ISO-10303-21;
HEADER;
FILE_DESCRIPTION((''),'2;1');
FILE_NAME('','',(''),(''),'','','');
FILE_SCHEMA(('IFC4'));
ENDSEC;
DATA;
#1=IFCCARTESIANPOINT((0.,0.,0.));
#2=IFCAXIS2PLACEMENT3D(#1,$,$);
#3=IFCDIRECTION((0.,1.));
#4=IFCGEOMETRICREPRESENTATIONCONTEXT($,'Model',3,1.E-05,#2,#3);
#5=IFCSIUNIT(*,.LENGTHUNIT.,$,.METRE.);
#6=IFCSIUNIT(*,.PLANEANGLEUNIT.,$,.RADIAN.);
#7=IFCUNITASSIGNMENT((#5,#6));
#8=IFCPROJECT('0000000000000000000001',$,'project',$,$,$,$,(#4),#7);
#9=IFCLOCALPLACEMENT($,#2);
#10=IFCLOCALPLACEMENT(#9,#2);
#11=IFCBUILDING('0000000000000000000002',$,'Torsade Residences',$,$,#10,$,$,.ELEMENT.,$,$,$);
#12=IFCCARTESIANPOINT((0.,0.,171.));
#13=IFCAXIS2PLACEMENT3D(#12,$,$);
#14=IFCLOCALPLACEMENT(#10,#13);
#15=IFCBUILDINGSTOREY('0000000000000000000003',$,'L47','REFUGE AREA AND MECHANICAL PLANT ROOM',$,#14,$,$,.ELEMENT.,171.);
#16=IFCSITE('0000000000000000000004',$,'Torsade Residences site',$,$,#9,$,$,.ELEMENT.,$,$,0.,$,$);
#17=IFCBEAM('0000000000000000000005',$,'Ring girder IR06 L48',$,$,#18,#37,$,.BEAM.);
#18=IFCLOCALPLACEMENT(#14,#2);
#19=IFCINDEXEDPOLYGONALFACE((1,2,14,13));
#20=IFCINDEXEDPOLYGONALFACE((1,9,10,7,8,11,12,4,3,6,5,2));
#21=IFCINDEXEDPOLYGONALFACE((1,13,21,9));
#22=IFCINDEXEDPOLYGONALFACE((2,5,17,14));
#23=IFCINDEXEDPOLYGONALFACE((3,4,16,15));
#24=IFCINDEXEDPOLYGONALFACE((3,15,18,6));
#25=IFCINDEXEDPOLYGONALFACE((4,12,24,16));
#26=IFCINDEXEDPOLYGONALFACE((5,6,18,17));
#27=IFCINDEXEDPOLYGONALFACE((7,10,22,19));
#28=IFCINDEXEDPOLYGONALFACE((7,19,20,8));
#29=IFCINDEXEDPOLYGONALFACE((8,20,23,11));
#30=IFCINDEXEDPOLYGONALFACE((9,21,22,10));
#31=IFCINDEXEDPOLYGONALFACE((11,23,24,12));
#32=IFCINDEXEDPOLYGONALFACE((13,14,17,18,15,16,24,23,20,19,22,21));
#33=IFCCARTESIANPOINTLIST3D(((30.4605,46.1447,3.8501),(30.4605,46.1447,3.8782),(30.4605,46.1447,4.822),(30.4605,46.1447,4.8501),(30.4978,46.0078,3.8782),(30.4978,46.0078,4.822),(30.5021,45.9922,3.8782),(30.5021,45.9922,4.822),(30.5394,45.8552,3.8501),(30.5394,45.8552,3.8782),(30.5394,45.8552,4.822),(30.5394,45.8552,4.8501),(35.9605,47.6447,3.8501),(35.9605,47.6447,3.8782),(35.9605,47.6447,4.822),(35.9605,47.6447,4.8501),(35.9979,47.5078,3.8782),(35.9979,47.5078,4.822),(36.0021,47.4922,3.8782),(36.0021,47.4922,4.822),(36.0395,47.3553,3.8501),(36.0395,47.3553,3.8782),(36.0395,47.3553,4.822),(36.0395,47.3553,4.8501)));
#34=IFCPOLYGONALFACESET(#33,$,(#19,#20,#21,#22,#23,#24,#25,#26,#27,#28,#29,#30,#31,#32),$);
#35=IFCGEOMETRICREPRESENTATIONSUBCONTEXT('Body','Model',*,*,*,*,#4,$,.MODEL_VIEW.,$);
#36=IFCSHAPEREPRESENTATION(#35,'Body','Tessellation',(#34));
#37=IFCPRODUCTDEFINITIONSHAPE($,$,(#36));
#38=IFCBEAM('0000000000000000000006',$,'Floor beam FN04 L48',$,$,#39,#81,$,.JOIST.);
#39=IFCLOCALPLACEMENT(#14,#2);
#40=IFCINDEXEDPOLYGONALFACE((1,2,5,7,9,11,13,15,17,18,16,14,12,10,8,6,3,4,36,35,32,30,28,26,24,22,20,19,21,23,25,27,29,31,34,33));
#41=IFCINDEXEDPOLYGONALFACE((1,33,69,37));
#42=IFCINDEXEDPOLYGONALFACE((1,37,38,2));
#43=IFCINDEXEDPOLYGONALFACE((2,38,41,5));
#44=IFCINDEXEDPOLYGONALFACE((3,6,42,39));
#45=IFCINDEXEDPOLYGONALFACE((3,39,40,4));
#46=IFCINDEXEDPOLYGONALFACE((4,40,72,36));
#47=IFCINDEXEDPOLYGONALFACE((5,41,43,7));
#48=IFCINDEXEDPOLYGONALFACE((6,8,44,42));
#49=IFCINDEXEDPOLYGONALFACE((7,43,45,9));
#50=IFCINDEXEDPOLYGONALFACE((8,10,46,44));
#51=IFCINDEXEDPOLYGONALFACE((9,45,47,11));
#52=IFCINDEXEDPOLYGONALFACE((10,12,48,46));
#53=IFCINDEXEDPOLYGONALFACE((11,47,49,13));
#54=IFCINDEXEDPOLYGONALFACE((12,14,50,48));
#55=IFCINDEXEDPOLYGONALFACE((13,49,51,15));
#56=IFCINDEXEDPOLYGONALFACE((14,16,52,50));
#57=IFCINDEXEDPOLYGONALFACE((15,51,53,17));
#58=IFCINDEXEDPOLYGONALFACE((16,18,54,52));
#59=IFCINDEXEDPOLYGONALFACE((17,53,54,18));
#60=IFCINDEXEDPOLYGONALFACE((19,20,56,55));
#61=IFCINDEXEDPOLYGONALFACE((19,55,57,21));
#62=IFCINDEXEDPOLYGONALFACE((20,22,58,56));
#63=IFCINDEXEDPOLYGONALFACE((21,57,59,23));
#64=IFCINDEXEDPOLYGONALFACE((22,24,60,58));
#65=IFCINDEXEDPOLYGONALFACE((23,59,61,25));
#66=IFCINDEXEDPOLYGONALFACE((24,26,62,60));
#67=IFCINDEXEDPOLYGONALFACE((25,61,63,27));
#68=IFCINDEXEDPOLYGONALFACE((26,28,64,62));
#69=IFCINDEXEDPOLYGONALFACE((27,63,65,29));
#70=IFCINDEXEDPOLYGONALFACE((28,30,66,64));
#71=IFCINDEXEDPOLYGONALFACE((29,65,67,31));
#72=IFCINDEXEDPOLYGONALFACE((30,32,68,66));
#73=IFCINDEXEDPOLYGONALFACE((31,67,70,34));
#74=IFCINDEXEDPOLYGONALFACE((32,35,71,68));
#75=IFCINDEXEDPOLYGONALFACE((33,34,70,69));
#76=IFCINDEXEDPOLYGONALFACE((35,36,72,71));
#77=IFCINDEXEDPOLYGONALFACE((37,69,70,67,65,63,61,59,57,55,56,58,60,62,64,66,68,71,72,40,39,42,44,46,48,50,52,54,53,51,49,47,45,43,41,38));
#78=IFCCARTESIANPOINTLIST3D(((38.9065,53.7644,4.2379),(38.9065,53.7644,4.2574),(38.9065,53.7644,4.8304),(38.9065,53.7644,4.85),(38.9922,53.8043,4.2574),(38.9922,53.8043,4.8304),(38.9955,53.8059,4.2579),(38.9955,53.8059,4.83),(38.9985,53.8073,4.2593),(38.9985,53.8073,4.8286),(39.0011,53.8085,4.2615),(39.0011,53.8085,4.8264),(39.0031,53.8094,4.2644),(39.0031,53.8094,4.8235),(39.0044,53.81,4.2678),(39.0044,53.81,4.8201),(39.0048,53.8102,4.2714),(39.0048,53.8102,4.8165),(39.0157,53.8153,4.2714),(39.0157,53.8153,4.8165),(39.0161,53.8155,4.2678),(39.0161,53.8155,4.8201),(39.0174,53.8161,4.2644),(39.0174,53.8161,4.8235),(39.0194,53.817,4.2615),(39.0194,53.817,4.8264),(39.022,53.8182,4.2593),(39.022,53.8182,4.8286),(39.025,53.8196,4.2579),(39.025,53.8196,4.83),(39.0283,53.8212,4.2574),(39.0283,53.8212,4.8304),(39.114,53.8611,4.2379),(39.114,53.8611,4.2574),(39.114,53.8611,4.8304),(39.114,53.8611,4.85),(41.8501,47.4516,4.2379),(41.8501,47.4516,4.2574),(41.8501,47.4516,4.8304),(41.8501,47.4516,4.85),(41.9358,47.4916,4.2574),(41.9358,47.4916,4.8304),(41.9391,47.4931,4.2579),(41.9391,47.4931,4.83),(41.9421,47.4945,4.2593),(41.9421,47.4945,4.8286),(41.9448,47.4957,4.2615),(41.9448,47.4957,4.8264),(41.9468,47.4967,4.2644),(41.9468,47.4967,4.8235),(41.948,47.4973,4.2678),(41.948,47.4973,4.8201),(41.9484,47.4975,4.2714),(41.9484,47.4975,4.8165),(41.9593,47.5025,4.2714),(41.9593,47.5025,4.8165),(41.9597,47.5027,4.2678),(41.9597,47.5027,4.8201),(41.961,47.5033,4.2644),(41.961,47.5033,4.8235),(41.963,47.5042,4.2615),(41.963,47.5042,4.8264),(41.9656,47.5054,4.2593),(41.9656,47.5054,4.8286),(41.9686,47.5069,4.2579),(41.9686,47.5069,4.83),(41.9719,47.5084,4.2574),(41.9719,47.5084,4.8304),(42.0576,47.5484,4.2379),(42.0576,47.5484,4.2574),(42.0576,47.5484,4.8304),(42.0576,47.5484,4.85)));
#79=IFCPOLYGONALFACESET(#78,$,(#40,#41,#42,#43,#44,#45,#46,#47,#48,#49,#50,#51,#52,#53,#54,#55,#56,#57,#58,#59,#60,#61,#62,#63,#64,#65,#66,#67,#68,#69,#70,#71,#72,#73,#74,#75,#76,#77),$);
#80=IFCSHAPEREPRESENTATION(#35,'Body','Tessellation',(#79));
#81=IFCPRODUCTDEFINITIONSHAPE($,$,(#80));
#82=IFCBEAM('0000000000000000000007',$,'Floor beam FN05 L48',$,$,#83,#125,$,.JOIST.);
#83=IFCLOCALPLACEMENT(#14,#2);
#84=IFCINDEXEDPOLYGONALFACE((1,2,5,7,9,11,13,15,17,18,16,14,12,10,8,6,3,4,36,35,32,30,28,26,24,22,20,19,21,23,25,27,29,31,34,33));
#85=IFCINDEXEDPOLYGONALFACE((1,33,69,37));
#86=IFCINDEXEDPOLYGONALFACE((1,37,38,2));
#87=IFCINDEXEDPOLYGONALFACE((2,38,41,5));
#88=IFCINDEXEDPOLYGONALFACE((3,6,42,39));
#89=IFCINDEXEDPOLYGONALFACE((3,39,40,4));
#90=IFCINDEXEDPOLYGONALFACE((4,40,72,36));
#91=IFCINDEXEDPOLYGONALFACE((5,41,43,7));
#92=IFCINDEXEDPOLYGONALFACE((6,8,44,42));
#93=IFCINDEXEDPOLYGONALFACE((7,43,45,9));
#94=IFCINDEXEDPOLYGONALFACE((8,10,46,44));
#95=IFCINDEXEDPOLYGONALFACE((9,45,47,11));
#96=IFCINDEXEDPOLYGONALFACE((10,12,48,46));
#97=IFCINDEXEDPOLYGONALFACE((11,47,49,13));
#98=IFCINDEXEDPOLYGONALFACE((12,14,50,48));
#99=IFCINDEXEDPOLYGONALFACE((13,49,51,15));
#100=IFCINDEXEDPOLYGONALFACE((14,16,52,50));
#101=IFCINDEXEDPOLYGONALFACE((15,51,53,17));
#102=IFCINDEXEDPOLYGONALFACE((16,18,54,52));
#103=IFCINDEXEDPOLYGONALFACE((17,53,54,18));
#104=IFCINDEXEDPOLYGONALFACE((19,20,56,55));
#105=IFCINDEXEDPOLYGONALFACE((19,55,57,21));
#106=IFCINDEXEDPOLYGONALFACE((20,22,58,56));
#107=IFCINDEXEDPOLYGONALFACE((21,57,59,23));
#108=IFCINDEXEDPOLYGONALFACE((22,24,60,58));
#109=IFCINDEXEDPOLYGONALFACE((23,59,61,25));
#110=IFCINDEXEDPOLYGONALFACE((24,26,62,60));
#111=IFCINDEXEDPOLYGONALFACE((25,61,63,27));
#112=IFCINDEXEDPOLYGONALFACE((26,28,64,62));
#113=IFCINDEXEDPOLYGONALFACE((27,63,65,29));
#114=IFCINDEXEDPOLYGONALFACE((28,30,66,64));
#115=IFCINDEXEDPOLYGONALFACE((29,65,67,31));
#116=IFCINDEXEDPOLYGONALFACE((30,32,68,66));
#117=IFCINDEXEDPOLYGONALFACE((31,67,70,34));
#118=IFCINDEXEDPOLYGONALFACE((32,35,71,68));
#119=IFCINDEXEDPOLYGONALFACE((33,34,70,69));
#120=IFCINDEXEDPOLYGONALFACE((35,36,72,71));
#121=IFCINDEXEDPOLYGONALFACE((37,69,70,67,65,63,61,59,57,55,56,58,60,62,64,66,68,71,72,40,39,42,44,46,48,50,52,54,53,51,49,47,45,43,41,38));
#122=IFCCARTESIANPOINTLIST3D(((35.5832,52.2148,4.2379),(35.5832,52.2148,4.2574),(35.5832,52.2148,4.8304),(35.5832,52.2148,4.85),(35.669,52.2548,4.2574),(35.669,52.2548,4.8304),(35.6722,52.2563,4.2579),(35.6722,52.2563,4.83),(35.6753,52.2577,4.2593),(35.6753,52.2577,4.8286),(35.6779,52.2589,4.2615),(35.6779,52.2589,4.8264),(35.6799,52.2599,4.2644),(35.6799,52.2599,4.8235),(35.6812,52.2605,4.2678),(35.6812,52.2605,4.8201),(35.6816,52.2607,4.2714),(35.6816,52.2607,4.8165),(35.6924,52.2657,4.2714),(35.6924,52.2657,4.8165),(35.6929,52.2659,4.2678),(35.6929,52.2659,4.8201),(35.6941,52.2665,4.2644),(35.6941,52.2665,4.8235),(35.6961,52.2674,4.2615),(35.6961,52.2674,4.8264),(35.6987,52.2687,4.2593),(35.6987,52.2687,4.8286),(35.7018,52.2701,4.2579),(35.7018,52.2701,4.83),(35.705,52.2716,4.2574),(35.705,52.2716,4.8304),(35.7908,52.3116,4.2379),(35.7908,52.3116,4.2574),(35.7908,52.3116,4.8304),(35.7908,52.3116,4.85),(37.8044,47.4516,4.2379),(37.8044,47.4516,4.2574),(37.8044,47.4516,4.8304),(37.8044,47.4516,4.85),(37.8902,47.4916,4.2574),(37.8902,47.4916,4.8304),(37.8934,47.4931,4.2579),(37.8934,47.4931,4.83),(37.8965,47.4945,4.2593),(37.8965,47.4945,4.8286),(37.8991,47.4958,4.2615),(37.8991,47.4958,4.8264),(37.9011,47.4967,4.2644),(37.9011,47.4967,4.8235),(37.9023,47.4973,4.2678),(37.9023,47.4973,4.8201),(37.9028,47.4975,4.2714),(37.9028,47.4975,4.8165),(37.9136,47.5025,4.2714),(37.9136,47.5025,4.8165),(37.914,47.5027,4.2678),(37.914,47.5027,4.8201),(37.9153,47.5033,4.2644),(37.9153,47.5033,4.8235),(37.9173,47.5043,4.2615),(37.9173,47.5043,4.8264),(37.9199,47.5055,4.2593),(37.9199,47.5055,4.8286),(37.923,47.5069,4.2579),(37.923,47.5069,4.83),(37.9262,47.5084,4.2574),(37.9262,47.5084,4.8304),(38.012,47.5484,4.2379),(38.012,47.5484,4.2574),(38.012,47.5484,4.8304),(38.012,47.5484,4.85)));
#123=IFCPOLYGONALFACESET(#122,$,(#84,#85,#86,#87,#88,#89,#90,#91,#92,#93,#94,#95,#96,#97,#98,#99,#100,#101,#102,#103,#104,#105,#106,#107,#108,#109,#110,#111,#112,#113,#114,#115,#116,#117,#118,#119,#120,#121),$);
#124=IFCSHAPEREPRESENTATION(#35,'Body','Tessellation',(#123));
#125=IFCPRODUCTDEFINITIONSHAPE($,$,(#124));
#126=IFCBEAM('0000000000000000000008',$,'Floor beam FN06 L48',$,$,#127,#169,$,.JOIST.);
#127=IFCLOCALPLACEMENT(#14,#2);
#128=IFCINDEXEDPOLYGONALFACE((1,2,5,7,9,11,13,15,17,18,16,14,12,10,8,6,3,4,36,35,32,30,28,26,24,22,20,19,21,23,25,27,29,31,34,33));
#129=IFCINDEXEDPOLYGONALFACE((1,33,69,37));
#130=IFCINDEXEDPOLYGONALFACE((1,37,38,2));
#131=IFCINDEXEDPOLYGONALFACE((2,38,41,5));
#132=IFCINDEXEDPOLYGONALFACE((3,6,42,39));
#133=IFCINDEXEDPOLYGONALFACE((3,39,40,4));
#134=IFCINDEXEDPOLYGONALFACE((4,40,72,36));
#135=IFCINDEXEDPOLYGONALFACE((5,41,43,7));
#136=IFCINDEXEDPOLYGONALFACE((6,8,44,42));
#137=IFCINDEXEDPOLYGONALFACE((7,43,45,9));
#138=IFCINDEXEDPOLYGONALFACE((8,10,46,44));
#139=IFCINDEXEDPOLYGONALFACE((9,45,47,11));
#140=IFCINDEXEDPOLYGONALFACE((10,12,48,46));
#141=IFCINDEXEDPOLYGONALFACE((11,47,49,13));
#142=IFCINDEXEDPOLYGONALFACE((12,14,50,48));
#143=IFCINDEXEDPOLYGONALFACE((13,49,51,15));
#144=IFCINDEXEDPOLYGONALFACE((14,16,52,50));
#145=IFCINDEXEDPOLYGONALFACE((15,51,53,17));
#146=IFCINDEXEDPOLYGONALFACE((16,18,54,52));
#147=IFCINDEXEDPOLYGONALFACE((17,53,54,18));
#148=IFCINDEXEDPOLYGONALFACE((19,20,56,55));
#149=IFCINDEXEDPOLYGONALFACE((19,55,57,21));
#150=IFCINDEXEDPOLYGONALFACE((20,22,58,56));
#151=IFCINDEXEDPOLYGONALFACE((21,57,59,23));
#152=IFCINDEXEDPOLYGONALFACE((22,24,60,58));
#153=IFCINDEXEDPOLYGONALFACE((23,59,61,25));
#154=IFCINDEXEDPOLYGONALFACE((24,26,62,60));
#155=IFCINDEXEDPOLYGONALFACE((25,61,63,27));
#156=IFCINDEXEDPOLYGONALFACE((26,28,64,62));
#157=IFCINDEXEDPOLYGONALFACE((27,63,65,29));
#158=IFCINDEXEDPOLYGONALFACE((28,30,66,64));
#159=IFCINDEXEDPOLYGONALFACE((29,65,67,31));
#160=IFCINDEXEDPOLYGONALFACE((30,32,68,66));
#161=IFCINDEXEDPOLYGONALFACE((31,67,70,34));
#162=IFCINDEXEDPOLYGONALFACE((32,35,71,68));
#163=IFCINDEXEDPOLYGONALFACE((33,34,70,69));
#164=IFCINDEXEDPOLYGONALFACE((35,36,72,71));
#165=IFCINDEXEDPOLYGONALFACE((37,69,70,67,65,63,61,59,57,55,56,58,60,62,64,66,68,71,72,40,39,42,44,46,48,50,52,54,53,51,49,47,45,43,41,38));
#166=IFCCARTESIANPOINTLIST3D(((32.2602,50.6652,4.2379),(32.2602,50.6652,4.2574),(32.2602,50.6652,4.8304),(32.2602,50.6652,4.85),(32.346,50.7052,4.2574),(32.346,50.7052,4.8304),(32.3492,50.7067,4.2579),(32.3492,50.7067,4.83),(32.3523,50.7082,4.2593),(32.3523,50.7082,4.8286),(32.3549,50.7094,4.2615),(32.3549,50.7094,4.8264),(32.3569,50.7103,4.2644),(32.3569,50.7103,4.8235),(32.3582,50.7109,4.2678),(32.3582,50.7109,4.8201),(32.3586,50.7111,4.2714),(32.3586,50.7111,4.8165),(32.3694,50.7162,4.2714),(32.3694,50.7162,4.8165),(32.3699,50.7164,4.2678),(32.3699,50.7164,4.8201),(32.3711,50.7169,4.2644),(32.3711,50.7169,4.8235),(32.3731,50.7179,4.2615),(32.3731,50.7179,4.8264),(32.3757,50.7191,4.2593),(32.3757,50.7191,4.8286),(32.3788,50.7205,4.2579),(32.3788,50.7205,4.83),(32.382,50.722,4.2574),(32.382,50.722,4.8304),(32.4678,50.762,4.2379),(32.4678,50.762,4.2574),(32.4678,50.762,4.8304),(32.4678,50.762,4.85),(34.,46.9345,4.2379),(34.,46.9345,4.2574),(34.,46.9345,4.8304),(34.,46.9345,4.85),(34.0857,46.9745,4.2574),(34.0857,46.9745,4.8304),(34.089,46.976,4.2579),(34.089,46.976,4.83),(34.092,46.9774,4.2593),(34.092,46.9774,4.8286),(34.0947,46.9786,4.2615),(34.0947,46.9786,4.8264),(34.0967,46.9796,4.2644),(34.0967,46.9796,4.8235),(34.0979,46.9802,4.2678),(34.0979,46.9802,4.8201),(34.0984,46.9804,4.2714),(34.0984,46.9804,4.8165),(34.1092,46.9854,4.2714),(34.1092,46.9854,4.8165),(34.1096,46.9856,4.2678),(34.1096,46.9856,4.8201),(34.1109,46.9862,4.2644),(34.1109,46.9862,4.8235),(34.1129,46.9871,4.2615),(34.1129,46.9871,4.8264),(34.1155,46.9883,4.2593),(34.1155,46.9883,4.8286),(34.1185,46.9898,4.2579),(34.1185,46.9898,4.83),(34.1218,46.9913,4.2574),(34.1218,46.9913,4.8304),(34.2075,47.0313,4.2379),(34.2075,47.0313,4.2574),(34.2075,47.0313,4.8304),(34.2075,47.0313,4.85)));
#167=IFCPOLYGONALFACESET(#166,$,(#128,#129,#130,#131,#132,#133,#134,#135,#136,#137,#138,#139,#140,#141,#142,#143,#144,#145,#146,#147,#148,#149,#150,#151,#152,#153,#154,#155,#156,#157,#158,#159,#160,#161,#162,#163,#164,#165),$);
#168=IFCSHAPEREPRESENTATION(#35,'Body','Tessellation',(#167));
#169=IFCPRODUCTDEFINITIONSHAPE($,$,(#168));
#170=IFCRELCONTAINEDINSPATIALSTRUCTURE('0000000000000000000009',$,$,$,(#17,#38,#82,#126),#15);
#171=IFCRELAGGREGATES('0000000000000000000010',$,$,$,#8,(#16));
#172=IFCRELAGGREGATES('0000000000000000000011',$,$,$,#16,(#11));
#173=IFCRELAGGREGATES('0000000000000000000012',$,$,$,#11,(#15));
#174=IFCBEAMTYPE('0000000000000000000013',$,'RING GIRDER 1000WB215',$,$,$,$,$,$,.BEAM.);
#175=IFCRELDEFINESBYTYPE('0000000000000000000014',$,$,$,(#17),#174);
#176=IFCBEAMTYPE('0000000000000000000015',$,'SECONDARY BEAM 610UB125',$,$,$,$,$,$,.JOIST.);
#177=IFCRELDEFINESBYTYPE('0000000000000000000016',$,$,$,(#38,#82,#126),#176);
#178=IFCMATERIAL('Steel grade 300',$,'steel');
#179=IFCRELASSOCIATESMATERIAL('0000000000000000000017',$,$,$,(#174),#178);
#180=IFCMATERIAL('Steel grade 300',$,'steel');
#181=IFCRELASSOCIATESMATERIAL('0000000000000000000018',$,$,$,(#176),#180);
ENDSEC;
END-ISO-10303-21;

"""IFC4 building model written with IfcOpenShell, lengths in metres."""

from ifc_helpers import new_model, si_unit, direction, frame, origin, origin_2d, place, context, subcontext, project, spatial, i_section, extrude, material, material_profile, profile_set, type_object, element, save


model = new_model("IFC4")

# Units and contexts
model_context = context("Model", 3, precision=1e-05, world=origin(), true_north=direction((0.0, 1.0)))
body_context = subcontext(model_context, "Body", "Model", "MODEL_VIEW")
ifc_project = project(units=[si_unit("LENGTHUNIT", "METRE"), si_unit("PLANEANGLEUNIT", "RADIAN")], contexts=[model_context])

# Site, building, storey
site_placement = place(None, origin())
site = spatial("IfcSite", under=ifc_project, at=site_placement, Name="Torsade Residences site", CompositionType="ELEMENT", RefElevation=0.0)
building_placement = place(site_placement, origin())
building = spatial("IfcBuilding", under=site, at=building_placement, Name="Torsade Residences", CompositionType="ELEMENT")
storey_placement = place(building_placement, frame((0.0, 0.0, 171.0)))
storey = spatial("IfcBuildingStorey", under=building, at=storey_placement, Name="L47", Description="REFUGE AREA AND MECHANICAL PLANT ROOM", CompositionType="ELEMENT", Elevation=171.0)

# Beams
ifc_material_1 = material(Name="Steel grade 300", Category="steel")
ifc_material_profile_1 = material_profile(ifc_material_1, i_section(OverallWidth=0.3, OverallDepth=1.0, WebThickness=0.0161, FlangeThickness=0.0281, at=origin_2d()), Name="1000WB215")
ifc_profile_set_1 = profile_set([ifc_material_profile_1], Name="Steel grade 300")
beam_type_1 = type_object("IfcBeamType", Name="RING GIRDER 1000WB215", PredefinedType="BEAM", material=ifc_profile_set_1)
beam_1_placement = place(storey_placement, frame((36.0, 47.5, 4.3501), z_axis=(-0.964764, -0.263117, 0.0), x_axis=(0.263117, -0.964764, 0.0)))
element("IfcBeam", 1, at=beam_1_placement, inside=storey, type_object=beam_type_1, Name="Ring girder IR06 L48", PredefinedType="BEAM", context=body_context, shape_type="SweptSolid", body=[
    extrude(i_section(OverallWidth=0.3, OverallDepth=1.0, WebThickness=0.0161, FlangeThickness=0.0281, at=origin_2d()), origin(), (0.0, 0.0, 1.0), 5.7009),
])
ifc_material_2 = material(Name="Steel grade 300", Category="steel")
ifc_material_profile_2 = material_profile(ifc_material_2, i_section(OverallWidth=0.229, OverallDepth=0.6121, WebThickness=0.012, FlangeThickness=0.0195, FilletRadius=0.0139, at=origin_2d()), Name="610UB125")
ifc_profile_set_2 = profile_set([ifc_material_profile_2], Name="Steel grade 300")
beam_type_2 = type_object("IfcBeamType", Name="SECONDARY BEAM 610UB125", PredefinedType="JOIST", material=ifc_profile_set_2)
beam_2_placement = place(storey_placement, frame((39.0103, 53.8127, 4.5439), z_axis=(0.422609, -0.906312, 0.0), x_axis=(0.906312, 0.422609, 0.0)))
element("IfcBeam", 2, at=beam_2_placement, inside=storey, type_object=beam_type_2, Name="Floor beam FN04 L48", PredefinedType="JOIST", context=body_context, shape_type="SweptSolid", body=[
    extrude(i_section(OverallWidth=0.229, OverallDepth=0.6121, WebThickness=0.012, FlangeThickness=0.0195, FilletRadius=0.0139, at=origin_2d()), origin(), (0.0, 0.0, 1.0), 6.9653),
])
beam_3_placement = place(storey_placement, frame((35.687, 52.2632, 4.5439), z_axis=(0.422631, -0.906302, 0.0), x_axis=(0.906302, 0.422631, 0.0)))
element("IfcBeam", 3, at=beam_3_placement, inside=storey, type_object=beam_type_2, Name="Floor beam FN05 L48", PredefinedType="JOIST", context=body_context, shape_type="SweptSolid", body=[
    extrude(i_section(OverallWidth=0.229, OverallDepth=0.6121, WebThickness=0.012, FlangeThickness=0.0195, FilletRadius=0.0139, at=origin_2d()), origin(), (0.0, 0.0, 1.0), 5.2556),
])
beam_4_placement = place(storey_placement, frame((32.364, 50.7136, 4.5439), z_axis=(0.422635, -0.9063, 0.0), x_axis=(0.9063, 0.422635, 0.0)))
element("IfcBeam", 4, at=beam_4_placement, inside=storey, type_object=beam_type_2, Name="Floor beam FN06 L48", PredefinedType="JOIST", context=body_context, shape_type="SweptSolid", body=[
    extrude(i_section(OverallWidth=0.229, OverallDepth=0.6121, WebThickness=0.012, FlangeThickness=0.0195, FilletRadius=0.0139, at=origin_2d()), origin(), (0.0, 0.0, 1.0), 4.1165),
])

save(model, "model.ifc")
